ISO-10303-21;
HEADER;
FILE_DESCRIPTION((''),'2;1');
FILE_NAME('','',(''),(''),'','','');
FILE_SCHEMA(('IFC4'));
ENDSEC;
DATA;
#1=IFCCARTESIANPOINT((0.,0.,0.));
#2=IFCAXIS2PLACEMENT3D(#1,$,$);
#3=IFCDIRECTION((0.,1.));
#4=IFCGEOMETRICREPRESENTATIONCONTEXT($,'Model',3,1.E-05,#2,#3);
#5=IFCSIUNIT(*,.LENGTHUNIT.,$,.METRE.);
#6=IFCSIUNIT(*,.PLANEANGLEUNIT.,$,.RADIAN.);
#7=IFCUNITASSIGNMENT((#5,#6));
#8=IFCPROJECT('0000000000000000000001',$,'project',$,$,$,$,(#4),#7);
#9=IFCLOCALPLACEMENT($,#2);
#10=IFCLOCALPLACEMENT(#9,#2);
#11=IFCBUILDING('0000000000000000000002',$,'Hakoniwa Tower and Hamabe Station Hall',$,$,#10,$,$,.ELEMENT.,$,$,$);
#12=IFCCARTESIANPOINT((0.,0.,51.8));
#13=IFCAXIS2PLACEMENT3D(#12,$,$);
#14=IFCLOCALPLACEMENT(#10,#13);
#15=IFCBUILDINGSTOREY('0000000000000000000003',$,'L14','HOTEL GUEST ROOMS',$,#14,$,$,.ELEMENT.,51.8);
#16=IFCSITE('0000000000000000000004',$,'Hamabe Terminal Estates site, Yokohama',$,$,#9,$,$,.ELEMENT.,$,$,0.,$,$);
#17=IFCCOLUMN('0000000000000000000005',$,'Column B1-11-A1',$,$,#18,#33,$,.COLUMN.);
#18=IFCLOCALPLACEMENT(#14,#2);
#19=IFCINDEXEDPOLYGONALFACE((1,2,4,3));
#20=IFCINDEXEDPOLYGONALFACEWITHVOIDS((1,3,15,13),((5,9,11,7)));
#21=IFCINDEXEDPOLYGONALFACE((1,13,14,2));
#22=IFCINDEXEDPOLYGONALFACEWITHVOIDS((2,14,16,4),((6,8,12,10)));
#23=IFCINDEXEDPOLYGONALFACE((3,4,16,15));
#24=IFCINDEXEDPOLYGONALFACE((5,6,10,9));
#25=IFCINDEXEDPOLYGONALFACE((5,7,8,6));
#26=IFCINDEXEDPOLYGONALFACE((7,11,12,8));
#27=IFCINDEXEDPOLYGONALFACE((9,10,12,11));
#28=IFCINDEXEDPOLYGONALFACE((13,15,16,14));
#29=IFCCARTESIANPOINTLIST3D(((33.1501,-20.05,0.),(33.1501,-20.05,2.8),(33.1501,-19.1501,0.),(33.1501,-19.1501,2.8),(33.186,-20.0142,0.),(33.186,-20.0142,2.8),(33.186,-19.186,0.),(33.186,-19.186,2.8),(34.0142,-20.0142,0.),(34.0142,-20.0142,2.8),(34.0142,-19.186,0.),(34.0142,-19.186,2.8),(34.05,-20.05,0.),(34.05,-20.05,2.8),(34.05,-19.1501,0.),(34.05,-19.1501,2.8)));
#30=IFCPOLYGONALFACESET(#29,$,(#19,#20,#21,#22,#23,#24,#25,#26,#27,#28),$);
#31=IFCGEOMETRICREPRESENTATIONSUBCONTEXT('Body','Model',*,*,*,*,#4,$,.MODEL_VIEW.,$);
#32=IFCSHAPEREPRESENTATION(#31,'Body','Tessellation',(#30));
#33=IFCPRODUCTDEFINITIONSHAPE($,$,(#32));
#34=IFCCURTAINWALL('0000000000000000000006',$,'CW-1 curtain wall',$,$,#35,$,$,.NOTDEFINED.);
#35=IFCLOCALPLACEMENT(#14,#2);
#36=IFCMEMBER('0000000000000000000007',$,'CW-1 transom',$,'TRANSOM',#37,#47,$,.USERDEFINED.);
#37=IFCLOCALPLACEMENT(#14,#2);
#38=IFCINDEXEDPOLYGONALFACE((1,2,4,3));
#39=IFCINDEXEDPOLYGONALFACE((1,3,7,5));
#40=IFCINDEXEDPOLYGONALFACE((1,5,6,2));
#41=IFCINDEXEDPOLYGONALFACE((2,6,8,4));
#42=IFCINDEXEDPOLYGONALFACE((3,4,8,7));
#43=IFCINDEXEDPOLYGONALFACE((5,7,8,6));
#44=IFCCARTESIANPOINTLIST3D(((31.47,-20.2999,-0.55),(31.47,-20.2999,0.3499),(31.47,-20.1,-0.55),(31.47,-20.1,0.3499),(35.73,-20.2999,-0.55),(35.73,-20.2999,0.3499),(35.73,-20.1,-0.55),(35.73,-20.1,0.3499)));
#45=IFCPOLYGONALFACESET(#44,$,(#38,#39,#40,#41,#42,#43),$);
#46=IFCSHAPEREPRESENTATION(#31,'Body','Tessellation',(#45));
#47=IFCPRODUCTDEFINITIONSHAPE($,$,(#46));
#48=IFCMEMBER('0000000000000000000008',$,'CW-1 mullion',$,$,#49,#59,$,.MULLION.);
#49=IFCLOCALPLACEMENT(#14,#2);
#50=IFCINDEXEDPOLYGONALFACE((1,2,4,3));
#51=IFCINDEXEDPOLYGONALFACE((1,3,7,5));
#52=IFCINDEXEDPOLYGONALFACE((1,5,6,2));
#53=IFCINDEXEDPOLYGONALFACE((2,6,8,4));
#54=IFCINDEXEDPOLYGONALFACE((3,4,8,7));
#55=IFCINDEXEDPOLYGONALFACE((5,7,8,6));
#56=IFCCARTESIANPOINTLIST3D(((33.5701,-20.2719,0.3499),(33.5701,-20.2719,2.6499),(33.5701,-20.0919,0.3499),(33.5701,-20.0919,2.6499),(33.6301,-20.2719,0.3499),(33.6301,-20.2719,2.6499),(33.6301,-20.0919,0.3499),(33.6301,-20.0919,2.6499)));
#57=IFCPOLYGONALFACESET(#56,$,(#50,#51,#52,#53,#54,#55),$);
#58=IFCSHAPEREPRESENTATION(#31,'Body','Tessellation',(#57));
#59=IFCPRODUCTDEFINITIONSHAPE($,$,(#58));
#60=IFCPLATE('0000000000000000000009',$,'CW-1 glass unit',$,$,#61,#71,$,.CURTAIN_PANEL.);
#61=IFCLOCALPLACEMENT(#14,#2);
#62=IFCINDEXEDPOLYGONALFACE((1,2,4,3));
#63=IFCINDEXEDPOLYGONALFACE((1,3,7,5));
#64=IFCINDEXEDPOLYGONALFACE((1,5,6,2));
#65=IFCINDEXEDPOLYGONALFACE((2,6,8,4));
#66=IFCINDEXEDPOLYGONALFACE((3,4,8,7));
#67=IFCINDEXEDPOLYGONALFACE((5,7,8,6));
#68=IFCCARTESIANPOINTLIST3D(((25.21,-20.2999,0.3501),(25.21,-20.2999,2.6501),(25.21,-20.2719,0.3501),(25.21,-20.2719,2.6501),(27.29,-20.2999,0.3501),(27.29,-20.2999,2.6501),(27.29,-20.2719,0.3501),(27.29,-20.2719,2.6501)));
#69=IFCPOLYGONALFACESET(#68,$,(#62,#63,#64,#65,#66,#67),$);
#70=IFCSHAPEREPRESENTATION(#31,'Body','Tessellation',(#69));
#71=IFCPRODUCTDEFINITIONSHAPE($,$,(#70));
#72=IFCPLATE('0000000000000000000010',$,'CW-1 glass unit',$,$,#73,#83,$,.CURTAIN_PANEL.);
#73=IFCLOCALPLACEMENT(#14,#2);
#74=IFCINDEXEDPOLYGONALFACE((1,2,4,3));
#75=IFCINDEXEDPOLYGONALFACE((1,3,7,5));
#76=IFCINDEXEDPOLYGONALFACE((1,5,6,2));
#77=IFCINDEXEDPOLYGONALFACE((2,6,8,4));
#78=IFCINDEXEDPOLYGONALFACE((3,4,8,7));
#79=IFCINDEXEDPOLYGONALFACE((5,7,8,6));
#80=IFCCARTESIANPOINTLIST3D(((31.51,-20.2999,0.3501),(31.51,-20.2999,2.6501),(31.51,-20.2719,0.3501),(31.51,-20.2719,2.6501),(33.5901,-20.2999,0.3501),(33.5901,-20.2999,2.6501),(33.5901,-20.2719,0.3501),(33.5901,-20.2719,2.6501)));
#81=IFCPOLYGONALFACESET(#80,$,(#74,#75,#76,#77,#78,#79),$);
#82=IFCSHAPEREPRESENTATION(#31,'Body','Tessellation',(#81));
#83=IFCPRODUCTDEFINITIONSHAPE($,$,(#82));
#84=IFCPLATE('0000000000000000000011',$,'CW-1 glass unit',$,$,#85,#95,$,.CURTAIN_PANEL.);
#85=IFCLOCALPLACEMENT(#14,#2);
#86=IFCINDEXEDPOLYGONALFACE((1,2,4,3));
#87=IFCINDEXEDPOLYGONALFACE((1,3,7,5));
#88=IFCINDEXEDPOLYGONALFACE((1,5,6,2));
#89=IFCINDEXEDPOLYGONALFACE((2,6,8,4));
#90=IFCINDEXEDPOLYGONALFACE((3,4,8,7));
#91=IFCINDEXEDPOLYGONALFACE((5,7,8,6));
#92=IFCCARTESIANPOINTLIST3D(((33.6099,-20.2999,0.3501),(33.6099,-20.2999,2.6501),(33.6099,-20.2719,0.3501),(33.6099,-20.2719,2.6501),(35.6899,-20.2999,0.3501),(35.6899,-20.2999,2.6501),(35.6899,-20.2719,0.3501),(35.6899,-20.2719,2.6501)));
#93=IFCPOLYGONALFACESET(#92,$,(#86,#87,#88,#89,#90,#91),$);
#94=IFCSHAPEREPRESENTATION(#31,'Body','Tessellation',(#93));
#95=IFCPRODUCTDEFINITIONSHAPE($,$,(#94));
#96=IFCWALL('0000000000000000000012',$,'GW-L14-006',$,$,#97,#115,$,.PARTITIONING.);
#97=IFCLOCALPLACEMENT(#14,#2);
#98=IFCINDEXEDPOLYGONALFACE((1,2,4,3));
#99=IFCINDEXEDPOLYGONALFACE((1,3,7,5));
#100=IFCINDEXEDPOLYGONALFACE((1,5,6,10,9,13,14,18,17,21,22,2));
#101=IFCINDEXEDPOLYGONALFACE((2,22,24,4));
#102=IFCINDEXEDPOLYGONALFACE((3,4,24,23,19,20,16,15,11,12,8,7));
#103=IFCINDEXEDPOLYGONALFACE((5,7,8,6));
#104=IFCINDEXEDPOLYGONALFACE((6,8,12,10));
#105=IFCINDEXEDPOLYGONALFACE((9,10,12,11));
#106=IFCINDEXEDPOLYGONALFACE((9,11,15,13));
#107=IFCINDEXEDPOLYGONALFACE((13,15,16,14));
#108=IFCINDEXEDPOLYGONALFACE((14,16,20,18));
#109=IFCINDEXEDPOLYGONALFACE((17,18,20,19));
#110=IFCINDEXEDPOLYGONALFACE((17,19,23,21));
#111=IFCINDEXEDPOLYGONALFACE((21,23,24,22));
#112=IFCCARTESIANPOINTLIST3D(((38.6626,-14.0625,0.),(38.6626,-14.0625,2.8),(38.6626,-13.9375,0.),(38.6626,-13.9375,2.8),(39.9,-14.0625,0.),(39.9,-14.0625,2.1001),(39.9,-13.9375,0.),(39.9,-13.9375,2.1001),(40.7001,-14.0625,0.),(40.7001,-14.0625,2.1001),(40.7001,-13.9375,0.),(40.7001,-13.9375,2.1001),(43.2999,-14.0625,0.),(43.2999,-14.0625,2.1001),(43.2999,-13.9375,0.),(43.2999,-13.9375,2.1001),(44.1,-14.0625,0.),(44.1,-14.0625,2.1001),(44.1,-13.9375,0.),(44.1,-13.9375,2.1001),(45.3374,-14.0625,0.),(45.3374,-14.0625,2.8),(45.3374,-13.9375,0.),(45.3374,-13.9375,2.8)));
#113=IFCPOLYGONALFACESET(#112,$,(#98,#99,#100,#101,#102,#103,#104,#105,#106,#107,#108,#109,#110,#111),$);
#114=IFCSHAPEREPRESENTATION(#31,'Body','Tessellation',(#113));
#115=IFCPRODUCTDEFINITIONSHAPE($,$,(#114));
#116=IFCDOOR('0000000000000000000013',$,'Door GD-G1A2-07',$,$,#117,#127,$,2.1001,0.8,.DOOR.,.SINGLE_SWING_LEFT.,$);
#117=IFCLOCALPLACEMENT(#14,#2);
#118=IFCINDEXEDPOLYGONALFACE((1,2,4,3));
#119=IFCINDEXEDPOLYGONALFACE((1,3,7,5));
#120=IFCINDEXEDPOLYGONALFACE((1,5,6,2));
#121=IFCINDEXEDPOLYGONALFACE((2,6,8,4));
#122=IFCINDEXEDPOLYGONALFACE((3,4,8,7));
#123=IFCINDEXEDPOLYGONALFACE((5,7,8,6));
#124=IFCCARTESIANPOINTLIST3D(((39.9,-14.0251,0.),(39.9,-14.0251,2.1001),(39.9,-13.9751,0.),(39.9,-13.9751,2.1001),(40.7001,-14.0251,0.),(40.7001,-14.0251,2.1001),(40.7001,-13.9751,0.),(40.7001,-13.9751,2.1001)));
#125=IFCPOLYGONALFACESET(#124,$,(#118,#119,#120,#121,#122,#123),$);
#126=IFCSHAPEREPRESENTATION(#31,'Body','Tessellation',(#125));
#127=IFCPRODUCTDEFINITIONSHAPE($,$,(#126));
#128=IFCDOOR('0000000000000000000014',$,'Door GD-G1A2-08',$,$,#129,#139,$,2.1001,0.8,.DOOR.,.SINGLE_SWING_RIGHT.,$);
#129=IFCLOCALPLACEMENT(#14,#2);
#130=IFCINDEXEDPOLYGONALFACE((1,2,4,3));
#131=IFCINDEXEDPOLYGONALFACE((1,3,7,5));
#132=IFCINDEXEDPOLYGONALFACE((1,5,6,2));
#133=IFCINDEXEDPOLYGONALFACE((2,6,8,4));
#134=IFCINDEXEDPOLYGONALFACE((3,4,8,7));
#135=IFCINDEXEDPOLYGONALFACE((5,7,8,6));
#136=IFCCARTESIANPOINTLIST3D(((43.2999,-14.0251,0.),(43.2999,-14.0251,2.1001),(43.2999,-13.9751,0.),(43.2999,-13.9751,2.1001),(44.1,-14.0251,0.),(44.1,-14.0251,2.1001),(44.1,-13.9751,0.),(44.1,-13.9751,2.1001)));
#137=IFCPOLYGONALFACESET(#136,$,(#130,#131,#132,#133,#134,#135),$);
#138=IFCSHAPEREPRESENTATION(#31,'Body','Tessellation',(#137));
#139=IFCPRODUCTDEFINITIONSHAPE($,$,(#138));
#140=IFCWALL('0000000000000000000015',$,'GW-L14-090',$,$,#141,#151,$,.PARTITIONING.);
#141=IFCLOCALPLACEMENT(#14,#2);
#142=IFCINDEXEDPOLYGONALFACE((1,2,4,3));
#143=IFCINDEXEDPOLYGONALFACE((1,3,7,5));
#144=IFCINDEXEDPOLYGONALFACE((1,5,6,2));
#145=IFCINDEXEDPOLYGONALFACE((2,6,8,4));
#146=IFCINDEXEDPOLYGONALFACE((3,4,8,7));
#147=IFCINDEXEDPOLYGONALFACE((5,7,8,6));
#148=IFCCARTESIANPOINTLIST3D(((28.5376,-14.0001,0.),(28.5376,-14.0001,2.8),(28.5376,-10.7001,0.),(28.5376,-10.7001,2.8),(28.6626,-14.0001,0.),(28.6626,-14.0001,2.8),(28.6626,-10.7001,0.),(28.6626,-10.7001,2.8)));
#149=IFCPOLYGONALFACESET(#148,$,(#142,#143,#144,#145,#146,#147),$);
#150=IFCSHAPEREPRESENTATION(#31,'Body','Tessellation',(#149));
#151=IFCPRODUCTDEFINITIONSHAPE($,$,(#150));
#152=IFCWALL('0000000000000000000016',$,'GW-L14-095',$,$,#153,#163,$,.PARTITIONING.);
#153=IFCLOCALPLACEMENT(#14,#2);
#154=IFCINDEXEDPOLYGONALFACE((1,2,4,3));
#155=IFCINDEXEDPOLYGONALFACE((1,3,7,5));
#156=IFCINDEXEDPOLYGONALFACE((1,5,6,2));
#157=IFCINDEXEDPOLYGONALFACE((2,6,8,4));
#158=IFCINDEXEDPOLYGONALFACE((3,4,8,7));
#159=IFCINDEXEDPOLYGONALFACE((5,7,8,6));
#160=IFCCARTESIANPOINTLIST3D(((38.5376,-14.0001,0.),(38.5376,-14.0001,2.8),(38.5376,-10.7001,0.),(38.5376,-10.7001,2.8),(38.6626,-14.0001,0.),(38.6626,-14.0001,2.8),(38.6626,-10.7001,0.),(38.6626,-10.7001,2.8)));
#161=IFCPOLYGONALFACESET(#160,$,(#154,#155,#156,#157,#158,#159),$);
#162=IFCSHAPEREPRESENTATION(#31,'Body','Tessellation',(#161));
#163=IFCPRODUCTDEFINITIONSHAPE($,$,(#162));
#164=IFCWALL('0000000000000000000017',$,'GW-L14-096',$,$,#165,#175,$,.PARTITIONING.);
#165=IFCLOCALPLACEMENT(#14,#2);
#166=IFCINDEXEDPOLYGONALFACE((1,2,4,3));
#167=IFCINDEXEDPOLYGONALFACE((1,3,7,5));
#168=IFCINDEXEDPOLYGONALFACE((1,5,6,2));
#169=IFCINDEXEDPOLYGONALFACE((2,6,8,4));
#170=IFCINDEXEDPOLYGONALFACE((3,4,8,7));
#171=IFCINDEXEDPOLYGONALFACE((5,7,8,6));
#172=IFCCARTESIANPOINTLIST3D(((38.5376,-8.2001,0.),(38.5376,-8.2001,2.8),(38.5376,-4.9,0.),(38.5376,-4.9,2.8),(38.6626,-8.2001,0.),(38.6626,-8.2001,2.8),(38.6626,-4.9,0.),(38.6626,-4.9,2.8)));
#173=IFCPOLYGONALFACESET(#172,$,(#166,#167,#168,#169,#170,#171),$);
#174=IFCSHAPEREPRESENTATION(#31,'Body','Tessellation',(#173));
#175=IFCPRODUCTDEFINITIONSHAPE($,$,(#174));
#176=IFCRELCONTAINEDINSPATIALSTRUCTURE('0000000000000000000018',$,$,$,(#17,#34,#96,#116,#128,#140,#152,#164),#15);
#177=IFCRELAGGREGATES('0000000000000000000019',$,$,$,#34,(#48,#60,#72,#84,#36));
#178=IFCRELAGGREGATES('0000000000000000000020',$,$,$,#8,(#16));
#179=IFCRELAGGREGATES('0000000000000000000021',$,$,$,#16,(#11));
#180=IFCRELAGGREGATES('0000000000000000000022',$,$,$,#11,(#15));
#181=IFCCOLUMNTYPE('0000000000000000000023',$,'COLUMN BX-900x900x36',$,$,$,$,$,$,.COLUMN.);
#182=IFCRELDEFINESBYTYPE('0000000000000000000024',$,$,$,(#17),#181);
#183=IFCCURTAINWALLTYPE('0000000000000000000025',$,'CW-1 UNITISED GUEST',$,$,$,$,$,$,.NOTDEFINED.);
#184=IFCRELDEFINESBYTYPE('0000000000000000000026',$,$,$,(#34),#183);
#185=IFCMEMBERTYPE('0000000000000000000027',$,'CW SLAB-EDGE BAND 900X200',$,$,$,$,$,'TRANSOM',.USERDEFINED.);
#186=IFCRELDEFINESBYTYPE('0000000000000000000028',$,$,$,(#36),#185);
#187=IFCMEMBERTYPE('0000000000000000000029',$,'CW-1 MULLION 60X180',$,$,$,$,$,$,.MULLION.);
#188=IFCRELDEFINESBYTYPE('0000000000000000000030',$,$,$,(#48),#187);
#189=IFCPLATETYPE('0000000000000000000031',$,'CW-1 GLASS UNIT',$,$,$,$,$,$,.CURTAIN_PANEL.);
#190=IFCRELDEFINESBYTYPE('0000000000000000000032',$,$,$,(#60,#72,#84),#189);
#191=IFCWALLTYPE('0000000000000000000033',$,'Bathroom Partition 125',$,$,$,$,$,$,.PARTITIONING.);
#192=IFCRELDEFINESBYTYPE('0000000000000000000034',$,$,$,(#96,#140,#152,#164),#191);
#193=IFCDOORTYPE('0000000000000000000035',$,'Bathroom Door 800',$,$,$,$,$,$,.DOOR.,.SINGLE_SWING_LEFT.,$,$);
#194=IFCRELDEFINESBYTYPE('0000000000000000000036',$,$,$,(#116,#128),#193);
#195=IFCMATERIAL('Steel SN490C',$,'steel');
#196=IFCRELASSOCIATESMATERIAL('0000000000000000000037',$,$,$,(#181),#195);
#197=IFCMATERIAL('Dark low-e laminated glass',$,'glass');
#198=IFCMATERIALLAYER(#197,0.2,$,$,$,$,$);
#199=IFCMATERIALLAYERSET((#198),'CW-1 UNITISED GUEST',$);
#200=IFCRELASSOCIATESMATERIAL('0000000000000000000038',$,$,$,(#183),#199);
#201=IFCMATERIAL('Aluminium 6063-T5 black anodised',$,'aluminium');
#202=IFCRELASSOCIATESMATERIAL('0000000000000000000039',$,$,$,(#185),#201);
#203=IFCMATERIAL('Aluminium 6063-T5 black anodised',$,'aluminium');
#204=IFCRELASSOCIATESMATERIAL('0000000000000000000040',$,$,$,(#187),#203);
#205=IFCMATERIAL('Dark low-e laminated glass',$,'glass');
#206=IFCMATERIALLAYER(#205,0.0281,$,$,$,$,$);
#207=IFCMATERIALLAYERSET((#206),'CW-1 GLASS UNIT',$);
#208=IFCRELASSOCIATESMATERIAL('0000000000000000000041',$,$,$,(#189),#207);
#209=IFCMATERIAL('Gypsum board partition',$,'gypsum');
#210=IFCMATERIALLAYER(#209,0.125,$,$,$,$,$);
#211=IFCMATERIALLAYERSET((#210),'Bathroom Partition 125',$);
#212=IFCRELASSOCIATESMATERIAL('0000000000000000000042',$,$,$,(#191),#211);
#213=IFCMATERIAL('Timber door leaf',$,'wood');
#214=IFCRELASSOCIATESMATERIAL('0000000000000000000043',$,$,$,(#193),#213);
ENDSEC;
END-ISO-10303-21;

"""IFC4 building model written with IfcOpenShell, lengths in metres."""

from ifc_helpers import new_model, si_unit, direction, frame, frame_2d, origin, origin_2d, place, context, subcontext, project, spatial, rectangle, hollow_rectangle, extrude, material, layer, layer_set, material_profile, profile_set, type_object, element, fill, aggregate, save


model = new_model("IFC4")

# Units and contexts
model_context = context("Model", 3, precision=1e-05, world=origin(), true_north=direction((0.0, 1.0)))
body_context = subcontext(model_context, "Body", "Model", "MODEL_VIEW")
ifc_project = project(units=[si_unit("LENGTHUNIT", "METRE"), si_unit("PLANEANGLEUNIT", "RADIAN")], contexts=[model_context])

# Site, building, storey
site_placement = place(None, origin())
site = spatial("IfcSite", under=ifc_project, at=site_placement, Name="Hamabe Terminal Estates site, Yokohama", CompositionType="ELEMENT", RefElevation=0.0)
building_placement = place(site_placement, origin())
building = spatial("IfcBuilding", under=site, at=building_placement, Name="Hakoniwa Tower and Hamabe Station Hall", CompositionType="ELEMENT")
storey_placement = place(building_placement, frame((0.0, 0.0, 51.8)))
storey = spatial("IfcBuildingStorey", under=building, at=storey_placement, Name="L14", Description="HOTEL GUEST ROOMS", CompositionType="ELEMENT", Elevation=51.8)

# Column
ifc_material_1 = material(Name="Steel SN490C", Category="steel")
ifc_material_profile_1 = material_profile(ifc_material_1, hollow_rectangle(XDim=0.8999, YDim=0.8999, WallThickness=0.0359, at=origin_2d()), Name="BX-900x900x36")
ifc_profile_set_1 = profile_set([ifc_material_profile_1], Name="Steel SN490C")
column_type = type_object("IfcColumnType", Name="COLUMN BX-900x900x36", PredefinedType="COLUMN", material=ifc_profile_set_1)
column_placement = place(storey_placement, frame((33.6001, -19.6001, 0.0), z_axis=(0.0, 0.0, 1.0), x_axis=(1.0, 0.0, 0.0)))
element("IfcColumn", 1, at=column_placement, inside=storey, type_object=column_type, Name="Column B1-11-A1", PredefinedType="COLUMN", context=body_context, shape_type="SweptSolid", body=[
    extrude(hollow_rectangle(XDim=0.8999, YDim=0.8999, WallThickness=0.0359, at=origin_2d()), origin(), (0.0, 0.0, 1.0), 2.8),
])

# Curtain wall, members, plates
ifc_material_2 = material(Name="Dark low-e laminated glass", Category="glass")
ifc_layer_1 = layer(ifc_material_2, 0.2)
ifc_layer_set_1 = layer_set([ifc_layer_1], Name="CW-1 UNITISED GUEST")
curtain_wall_type = type_object("IfcCurtainWallType", Name="CW-1 UNITISED GUEST", PredefinedType="NOTDEFINED", material=ifc_layer_set_1)
curtain_wall_placement = place(storey_placement, origin())
curtain_wall = element("IfcCurtainWall", 2, at=curtain_wall_placement, inside=storey, type_object=curtain_wall_type, Name="CW-1 curtain wall", PredefinedType="NOTDEFINED")
ifc_material_3 = material(Name="Aluminium 6063-T5 black anodised", Category="aluminium")
ifc_material_profile_2 = material_profile(ifc_material_3, rectangle(XDim=0.2, YDim=0.8999, at=origin_2d()), Name="CW SLAB-EDGE BAND 900X200")
ifc_profile_set_2 = profile_set([ifc_material_profile_2], Name="Aluminium 6063-T5 black anodised")
member_type_1 = type_object("IfcMemberType", Name="CW SLAB-EDGE BAND 900X200", ElementType="TRANSOM", PredefinedType="USERDEFINED", material=ifc_profile_set_2)
member_1_placement = place(storey_placement, frame((31.47, -20.2, -0.1001), z_axis=(1.0, 0.0, 0.0), x_axis=(0.0, 1.0, 0.0)))
member_1 = element("IfcMember", 3, at=member_1_placement, type_object=member_type_1, Name="CW-1 transom", ObjectType="TRANSOM", PredefinedType="USERDEFINED", context=body_context, shape_type="SweptSolid", body=[
    extrude(rectangle(XDim=0.2, YDim=0.8999, at=origin_2d()), origin(), (0.0, 0.0, 1.0), 4.26),
])
ifc_material_4 = material(Name="Aluminium 6063-T5 black anodised", Category="aluminium")
ifc_material_profile_3 = material_profile(ifc_material_4, rectangle(XDim=0.0601, YDim=0.1799, at=origin_2d()), Name="CW-1 MULLION 60X180")
ifc_profile_set_3 = profile_set([ifc_material_profile_3], Name="Aluminium 6063-T5 black anodised")
member_type_2 = type_object("IfcMemberType", Name="CW-1 MULLION 60X180", PredefinedType="MULLION", material=ifc_profile_set_3)
member_2_placement = place(storey_placement, frame((33.6001, -20.1819, 0.3499), z_axis=(0.0, 0.0, 1.0), x_axis=(1.0, 0.0, 0.0)))
member_2 = element("IfcMember", 4, at=member_2_placement, type_object=member_type_2, Name="CW-1 mullion", PredefinedType="MULLION", context=body_context, shape_type="SweptSolid", body=[
    extrude(rectangle(XDim=0.0601, YDim=0.1799, at=origin_2d()), origin(), (0.0, 0.0, 1.0), 2.3),
])
ifc_material_5 = material(Name="Dark low-e laminated glass", Category="glass")
ifc_layer_2 = layer(ifc_material_5, 0.0281)
ifc_layer_set_2 = layer_set([ifc_layer_2], Name="CW-1 GLASS UNIT")
plate_type = type_object("IfcPlateType", Name="CW-1 GLASS UNIT", PredefinedType="CURTAIN_PANEL", material=ifc_layer_set_2)
plate_1_placement = place(storey_placement, frame((26.25, -20.2859, 0.3501), z_axis=(0.0, 0.0, 1.0), x_axis=(1.0, 0.0, 0.0)))
plate_1 = element("IfcPlate", 5, at=plate_1_placement, type_object=plate_type, Name="CW-1 glass unit", PredefinedType="CURTAIN_PANEL", context=body_context, shape_type="SweptSolid", body=[
    extrude(rectangle(XDim=2.0801, YDim=0.0281, at=origin_2d()), origin(), (0.0, 0.0, 1.0), 2.3),
])
plate_2_placement = place(storey_placement, frame((32.55, -20.2859, 0.3501), z_axis=(0.0, 0.0, 1.0), x_axis=(1.0, 0.0, 0.0)))
plate_2 = element("IfcPlate", 6, at=plate_2_placement, type_object=plate_type, Name="CW-1 glass unit", PredefinedType="CURTAIN_PANEL", context=body_context, shape_type="SweptSolid", body=[
    extrude(rectangle(XDim=2.0801, YDim=0.0281, at=origin_2d()), origin(), (0.0, 0.0, 1.0), 2.3),
])
plate_3_placement = place(storey_placement, frame((34.6499, -20.2859, 0.3501), z_axis=(0.0, 0.0, 1.0), x_axis=(1.0, 0.0, 0.0)))
plate_3 = element("IfcPlate", 7, at=plate_3_placement, type_object=plate_type, Name="CW-1 glass unit", PredefinedType="CURTAIN_PANEL", context=body_context, shape_type="SweptSolid", body=[
    extrude(rectangle(XDim=2.0801, YDim=0.0281, at=origin_2d()), origin(), (0.0, 0.0, 1.0), 2.3),
])

# Wall, openings, doors
ifc_material_6 = material(Name="Gypsum board partition", Category="gypsum")
ifc_layer_3 = layer(ifc_material_6, 0.125)
ifc_layer_set_3 = layer_set([ifc_layer_3], Name="Bathroom Partition 125")
wall_type_1 = type_object("IfcWallType", Name="Bathroom Partition 125", PredefinedType="PARTITIONING", material=ifc_layer_set_3)
wall_1_placement = place(storey_placement, frame((38.6626, -14.0, 0.0), z_axis=(0.0, 0.0, 1.0), x_axis=(1.0, 0.0, 0.0)))
wall_1 = element("IfcWall", 8, at=wall_1_placement, inside=storey, type_object=wall_type_1, Name="GW-L14-006", PredefinedType="PARTITIONING", context=body_context, shape_type="SweptSolid", body=[
    extrude(rectangle(XDim=6.6748, YDim=0.125, at=frame_2d((3.3374, 0.0))), origin(), (0.0, 0.0, 1.0), 2.8),
])
opening_1_placement = place(wall_1_placement, frame((1.2375, 0.0, 0.0)))
opening_1 = element("IfcOpeningElement", 9, at=opening_1_placement, cuts=wall_1, PredefinedType="OPENING", context=body_context, shape_type="SweptSolid", body=[
    extrude(rectangle(XDim=0.8, YDim=2.1001, at=frame_2d((0.3999, 1.05))), frame((0.0, 0.0725, 0.0), z_axis=(0.0, -1.0, 0.0), x_axis=(1.0, 0.0, 0.0)), (0.0, 0.0, 1.0), 0.145),
])
opening_2_placement = place(wall_1_placement, frame((4.6375, 0.0, 0.0)))
opening_2 = element("IfcOpeningElement", 10, at=opening_2_placement, cuts=wall_1, PredefinedType="OPENING", context=body_context, shape_type="SweptSolid", body=[
    extrude(rectangle(XDim=0.8, YDim=2.1001, at=frame_2d((0.3999, 1.05))), frame((0.0, 0.0725, 0.0), z_axis=(0.0, -1.0, 0.0), x_axis=(1.0, 0.0, 0.0)), (0.0, 0.0, 1.0), 0.145),
])
ifc_material_7 = material(Name="Timber door leaf", Category="wood")
door_type_1 = type_object("IfcDoorType", Name="Bathroom Door 800", OperationType="SINGLE_SWING_LEFT", PredefinedType="DOOR", material=ifc_material_7)
door_1_placement = place(opening_1_placement, origin())
door_1 = element("IfcDoor", 11, at=door_1_placement, inside=storey, type_object=door_type_1, Name="Door GD-G1A2-07", OperationType="SINGLE_SWING_LEFT", OverallHeight=2.1001, OverallWidth=0.8, PredefinedType="DOOR", context=body_context, shape_type="SweptSolid", body=[
    extrude(rectangle(XDim=0.8, YDim=2.1001, at=frame_2d((0.3999, 1.05))), frame((0.0, 0.0249, 0.0), z_axis=(0.0, -1.0, 0.0), x_axis=(1.0, 0.0, 0.0)), (0.0, 0.0, 1.0), 0.05),
])
fill(opening_1, door_1)
door_2_placement = place(opening_2_placement, origin())
door_2 = element("IfcDoor", 12, at=door_2_placement, inside=storey, type_object=door_type_1, Name="Door GD-G1A2-08", OperationType="SINGLE_SWING_RIGHT", OverallHeight=2.1001, OverallWidth=0.8, PredefinedType="DOOR", context=body_context, shape_type="SweptSolid", body=[
    extrude(rectangle(XDim=0.8, YDim=2.1001, at=frame_2d((0.3999, 1.05))), frame((0.0, 0.0249, 0.0), z_axis=(0.0, -1.0, 0.0), x_axis=(1.0, 0.0, 0.0)), (0.0, 0.0, 1.0), 0.05),
])
fill(opening_2, door_2)

# Walls
for number, where, z_axis, x_axis, name in (
    (13, (28.6001, -14.0, 0.0), (0.0, 0.0, 1.0), (0.0, 1.0, 0.0), "GW-L14-090"),
    (14, (38.6001, -14.0, 0.0), (0.0, 0.0, 1.0), (0.0, 1.0, 0.0), "GW-L14-095"),
    (15, (38.6001, -8.2, 0.0), (0.0, 0.0, 1.0), (0.0, 1.0, 0.0), "GW-L14-096"),
):
    element("IfcWall", number, at=place(storey_placement, frame(where, z_axis=z_axis, x_axis=x_axis)), inside=storey, type_object=wall_type_1, Name=name, PredefinedType="PARTITIONING", context=body_context, shape_type="SweptSolid", body=[
        extrude(rectangle(XDim=3.3, YDim=0.125, at=frame_2d((1.6499, 0.0))), origin(), (0.0, 0.0, 1.0), 2.8),
    ])

aggregate(curtain_wall, [member_2, plate_1, plate_2, plate_3, member_1])

save(model, "model.ifc")
